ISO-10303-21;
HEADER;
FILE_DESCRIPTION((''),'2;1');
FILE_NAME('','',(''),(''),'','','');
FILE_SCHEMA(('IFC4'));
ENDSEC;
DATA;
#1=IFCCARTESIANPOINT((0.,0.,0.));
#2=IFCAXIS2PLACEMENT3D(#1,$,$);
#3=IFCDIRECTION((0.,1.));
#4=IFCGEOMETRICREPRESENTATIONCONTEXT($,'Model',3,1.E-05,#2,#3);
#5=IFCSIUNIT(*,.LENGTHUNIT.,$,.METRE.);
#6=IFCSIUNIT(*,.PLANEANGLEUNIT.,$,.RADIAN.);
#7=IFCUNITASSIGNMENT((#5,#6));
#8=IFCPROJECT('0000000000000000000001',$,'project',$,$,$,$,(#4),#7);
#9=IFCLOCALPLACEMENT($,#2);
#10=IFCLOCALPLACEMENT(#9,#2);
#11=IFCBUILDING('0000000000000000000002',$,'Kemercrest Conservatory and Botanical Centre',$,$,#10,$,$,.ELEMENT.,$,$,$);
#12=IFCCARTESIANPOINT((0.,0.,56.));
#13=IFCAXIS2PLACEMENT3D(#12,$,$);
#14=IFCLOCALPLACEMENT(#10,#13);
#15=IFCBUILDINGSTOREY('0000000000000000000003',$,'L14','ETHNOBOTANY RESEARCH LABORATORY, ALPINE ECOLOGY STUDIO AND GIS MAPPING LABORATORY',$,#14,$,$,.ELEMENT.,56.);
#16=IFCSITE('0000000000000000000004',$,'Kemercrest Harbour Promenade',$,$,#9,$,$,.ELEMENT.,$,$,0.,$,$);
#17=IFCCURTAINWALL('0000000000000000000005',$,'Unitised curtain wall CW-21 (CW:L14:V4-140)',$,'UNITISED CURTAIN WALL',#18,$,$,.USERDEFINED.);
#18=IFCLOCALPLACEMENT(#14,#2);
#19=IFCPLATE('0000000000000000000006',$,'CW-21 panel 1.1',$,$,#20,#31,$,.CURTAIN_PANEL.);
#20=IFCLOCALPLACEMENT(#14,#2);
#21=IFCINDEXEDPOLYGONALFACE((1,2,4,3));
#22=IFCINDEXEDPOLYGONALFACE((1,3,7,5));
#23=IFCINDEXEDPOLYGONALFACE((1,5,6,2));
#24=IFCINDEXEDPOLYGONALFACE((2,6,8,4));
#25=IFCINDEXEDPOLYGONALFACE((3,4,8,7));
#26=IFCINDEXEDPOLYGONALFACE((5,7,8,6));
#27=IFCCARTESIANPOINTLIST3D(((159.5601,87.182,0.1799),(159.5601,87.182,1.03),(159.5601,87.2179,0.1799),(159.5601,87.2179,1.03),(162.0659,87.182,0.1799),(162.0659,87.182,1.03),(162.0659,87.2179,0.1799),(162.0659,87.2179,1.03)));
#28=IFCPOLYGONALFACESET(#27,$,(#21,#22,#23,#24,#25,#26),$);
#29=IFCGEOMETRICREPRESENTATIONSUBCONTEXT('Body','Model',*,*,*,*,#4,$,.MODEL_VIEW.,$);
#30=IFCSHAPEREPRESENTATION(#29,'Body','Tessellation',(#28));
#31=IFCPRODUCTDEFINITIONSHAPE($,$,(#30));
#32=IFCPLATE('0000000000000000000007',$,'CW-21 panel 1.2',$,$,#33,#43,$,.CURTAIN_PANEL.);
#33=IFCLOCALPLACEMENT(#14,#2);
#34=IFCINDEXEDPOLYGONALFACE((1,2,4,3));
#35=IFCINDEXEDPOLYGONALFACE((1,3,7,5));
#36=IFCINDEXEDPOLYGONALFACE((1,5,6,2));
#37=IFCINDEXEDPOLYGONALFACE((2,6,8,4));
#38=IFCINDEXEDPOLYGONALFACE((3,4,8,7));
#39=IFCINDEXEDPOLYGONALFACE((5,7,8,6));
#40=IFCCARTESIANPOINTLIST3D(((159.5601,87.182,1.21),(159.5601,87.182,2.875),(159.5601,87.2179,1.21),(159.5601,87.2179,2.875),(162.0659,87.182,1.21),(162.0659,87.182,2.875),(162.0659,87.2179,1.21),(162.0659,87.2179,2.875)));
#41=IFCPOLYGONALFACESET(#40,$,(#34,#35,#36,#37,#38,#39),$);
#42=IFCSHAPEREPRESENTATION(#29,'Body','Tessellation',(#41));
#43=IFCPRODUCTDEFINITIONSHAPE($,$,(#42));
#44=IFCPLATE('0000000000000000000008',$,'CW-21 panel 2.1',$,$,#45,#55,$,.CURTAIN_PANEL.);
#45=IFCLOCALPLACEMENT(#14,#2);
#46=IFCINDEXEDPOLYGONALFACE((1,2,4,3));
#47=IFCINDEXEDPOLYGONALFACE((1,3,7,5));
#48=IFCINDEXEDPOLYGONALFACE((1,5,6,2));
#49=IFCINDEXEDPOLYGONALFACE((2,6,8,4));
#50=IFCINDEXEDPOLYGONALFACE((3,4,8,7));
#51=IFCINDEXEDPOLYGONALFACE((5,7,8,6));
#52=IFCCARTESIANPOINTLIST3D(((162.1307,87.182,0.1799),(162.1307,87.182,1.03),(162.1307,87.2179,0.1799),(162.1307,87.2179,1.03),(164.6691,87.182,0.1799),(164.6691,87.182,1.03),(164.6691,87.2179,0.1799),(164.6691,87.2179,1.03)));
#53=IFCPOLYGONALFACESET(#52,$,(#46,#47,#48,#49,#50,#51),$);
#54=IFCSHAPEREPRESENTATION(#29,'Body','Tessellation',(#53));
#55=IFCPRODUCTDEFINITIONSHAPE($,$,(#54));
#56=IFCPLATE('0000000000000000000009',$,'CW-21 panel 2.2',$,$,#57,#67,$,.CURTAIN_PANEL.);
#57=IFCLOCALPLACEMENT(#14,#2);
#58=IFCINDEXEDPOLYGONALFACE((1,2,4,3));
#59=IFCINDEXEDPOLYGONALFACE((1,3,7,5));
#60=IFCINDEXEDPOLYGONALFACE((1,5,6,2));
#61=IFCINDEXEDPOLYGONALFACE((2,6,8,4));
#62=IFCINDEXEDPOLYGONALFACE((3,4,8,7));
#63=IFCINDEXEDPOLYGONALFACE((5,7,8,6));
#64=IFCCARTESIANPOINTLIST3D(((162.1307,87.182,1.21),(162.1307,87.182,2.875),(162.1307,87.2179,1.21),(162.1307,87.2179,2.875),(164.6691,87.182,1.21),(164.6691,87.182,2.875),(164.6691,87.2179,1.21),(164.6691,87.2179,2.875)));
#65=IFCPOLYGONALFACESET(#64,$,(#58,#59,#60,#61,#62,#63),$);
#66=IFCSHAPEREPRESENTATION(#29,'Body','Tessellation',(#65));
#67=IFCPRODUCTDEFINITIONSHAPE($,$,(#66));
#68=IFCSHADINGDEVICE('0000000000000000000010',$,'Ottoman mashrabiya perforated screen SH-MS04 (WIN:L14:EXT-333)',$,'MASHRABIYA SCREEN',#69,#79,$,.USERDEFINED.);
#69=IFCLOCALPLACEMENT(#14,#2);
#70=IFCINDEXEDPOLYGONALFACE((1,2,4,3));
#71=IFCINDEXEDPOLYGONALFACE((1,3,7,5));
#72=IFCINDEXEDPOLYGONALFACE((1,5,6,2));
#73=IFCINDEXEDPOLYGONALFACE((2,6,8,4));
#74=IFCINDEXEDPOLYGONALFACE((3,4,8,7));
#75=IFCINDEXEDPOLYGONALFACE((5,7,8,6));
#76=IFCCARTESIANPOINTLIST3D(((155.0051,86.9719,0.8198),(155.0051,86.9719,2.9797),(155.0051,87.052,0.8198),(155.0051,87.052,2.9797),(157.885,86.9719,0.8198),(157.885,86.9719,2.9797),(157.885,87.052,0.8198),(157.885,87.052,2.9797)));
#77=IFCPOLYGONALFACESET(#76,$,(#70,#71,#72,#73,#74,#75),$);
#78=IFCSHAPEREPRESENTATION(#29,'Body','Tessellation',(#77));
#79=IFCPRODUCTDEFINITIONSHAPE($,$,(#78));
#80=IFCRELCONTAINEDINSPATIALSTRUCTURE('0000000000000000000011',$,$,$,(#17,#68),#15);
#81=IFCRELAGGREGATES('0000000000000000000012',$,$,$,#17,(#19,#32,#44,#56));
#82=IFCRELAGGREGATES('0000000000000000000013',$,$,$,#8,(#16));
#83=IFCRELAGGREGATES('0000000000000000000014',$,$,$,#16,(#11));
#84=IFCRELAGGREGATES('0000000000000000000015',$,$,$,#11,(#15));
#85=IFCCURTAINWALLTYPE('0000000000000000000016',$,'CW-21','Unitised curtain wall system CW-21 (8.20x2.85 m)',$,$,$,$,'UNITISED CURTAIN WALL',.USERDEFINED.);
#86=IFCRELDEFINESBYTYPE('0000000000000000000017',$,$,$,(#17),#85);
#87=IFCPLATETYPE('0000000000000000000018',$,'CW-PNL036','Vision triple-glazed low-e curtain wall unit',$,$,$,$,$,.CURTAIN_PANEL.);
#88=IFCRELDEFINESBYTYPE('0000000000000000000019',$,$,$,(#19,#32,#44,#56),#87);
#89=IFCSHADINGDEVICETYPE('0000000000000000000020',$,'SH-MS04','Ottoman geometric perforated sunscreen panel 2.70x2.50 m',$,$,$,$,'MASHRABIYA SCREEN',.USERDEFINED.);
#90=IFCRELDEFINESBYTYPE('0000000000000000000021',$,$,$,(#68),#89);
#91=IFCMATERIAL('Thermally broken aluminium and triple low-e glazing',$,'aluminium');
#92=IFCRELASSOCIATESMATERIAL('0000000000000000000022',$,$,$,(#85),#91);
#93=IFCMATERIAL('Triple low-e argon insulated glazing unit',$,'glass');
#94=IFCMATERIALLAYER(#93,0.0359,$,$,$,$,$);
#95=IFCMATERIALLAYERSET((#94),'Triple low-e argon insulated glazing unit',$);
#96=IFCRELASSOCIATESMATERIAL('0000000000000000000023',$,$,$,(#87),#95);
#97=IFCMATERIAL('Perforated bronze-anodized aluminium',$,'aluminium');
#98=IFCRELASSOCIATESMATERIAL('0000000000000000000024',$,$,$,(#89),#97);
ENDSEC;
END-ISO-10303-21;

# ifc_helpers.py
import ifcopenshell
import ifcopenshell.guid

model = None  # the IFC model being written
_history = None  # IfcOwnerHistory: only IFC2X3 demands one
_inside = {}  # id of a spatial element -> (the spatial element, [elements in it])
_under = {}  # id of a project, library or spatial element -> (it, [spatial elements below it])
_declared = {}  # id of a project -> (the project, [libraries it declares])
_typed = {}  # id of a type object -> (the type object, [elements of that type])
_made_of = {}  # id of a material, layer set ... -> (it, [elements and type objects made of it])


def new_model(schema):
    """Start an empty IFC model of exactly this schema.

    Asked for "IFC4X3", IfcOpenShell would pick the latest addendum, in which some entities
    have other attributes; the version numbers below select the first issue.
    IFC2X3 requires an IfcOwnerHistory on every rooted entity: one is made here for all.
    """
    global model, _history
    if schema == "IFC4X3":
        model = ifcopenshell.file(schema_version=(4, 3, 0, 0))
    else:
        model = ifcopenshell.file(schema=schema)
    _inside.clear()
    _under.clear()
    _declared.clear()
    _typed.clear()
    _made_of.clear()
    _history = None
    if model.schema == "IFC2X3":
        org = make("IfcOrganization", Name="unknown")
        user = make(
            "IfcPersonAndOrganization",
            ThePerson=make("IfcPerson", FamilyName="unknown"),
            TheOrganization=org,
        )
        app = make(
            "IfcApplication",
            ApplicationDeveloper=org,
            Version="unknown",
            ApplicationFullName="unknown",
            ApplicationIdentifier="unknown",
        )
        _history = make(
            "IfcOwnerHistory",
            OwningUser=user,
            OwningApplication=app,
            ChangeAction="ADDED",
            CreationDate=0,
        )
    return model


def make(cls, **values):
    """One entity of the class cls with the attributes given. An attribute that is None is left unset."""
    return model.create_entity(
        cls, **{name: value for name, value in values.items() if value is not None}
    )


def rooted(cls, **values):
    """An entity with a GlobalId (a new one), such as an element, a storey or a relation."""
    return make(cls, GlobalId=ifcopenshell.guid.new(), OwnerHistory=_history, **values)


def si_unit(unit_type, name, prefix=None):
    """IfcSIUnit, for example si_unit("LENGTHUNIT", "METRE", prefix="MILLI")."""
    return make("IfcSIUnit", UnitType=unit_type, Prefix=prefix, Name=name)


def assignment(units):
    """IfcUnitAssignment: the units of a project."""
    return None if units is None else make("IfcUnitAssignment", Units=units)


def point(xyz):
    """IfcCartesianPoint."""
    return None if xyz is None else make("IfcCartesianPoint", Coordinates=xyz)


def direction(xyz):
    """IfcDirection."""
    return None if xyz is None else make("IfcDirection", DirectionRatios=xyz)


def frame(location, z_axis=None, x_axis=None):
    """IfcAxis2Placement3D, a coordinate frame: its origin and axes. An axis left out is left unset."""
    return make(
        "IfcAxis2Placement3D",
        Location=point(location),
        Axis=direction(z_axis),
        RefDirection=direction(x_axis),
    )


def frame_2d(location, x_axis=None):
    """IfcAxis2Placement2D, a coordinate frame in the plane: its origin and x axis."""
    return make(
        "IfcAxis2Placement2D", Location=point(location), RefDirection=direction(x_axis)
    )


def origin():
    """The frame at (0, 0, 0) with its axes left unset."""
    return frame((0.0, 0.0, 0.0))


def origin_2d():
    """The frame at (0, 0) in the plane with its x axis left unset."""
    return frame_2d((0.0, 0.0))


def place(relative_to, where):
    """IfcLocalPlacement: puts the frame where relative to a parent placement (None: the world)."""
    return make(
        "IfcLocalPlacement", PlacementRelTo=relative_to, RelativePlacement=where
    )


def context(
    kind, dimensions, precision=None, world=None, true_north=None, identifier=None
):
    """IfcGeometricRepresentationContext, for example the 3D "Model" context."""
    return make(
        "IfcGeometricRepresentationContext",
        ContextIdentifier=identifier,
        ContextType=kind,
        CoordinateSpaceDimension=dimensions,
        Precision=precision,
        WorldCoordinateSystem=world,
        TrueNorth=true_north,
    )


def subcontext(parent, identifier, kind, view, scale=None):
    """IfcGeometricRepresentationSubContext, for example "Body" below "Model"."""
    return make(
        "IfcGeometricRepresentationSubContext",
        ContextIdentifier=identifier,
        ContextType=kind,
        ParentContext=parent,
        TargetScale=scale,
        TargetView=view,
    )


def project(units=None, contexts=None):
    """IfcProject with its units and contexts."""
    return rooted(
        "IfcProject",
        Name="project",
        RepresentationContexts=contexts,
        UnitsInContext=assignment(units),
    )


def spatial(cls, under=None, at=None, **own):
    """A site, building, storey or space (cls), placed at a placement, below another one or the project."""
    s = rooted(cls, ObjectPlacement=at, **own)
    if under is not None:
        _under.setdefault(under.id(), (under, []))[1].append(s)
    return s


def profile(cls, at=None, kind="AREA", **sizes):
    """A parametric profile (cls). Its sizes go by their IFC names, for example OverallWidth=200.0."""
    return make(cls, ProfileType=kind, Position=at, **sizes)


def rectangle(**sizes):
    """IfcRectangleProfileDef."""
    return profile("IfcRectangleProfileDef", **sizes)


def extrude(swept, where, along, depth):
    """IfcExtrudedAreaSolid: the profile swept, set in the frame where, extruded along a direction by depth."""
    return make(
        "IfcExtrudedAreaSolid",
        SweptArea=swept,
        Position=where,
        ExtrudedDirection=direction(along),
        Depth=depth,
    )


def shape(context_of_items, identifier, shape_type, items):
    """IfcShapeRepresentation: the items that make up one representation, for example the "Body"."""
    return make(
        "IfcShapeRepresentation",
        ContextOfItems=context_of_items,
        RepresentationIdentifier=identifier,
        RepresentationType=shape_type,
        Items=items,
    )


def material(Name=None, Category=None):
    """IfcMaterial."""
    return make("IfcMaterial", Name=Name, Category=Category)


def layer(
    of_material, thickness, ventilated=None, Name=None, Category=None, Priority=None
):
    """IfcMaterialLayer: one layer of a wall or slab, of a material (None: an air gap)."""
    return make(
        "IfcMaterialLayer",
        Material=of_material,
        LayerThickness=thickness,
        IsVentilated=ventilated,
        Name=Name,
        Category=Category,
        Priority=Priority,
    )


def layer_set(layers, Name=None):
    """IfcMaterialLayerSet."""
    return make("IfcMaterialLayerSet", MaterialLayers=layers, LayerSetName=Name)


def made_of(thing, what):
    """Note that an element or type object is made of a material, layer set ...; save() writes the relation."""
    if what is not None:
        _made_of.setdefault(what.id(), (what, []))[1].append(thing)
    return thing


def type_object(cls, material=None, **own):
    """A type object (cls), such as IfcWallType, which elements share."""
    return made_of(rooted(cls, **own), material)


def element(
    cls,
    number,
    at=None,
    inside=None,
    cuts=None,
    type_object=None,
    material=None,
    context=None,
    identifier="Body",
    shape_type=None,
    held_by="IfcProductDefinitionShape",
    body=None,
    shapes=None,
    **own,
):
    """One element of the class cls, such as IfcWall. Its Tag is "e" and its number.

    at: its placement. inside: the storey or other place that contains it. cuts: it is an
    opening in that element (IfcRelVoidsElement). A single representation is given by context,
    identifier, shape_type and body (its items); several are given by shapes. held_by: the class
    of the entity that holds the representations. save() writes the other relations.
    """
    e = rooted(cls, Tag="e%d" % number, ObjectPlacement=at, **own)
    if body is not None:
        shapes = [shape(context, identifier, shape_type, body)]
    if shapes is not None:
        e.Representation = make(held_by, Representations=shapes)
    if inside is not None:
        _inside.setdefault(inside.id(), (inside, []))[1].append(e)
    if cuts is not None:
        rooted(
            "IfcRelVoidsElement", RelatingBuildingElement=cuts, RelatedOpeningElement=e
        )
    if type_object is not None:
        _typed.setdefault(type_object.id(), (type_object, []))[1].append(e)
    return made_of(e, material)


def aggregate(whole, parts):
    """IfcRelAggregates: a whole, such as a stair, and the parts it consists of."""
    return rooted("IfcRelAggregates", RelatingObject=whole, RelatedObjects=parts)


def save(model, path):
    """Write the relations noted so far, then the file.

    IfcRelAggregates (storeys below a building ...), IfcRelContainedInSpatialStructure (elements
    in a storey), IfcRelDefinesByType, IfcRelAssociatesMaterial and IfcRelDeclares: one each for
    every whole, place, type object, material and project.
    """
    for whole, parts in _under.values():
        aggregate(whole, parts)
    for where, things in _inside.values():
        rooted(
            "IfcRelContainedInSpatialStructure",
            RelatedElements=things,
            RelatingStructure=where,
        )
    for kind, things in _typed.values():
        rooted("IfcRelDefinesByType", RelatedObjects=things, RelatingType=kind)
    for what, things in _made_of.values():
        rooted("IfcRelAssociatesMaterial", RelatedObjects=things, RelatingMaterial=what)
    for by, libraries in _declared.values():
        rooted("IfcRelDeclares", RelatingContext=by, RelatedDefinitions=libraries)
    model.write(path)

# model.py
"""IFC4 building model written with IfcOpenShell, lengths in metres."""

from ifc_helpers import new_model, si_unit, direction, frame, origin, origin_2d, place, context, subcontext, project, spatial, rectangle, extrude, material, layer, layer_set, type_object, element, aggregate, save


model = new_model("IFC4")

# Units and contexts
model_context = context("Model", 3, precision=1e-05, world=origin(), true_north=direction((0.0, 1.0)))
body_context = subcontext(model_context, "Body", "Model", "MODEL_VIEW")
ifc_project = project(units=[si_unit("LENGTHUNIT", "METRE"), si_unit("PLANEANGLEUNIT", "RADIAN")], contexts=[model_context])

# Site, building, storey
site_placement = place(None, origin())
site = spatial("IfcSite", under=ifc_project, at=site_placement, Name="Kemercrest Harbour Promenade", CompositionType="ELEMENT", RefElevation=0.0)
building_placement = place(site_placement, origin())
building = spatial("IfcBuilding", under=site, at=building_placement, Name="Kemercrest Conservatory and Botanical Centre", CompositionType="ELEMENT")
storey_placement = place(building_placement, frame((0.0, 0.0, 56.0)))
storey = spatial("IfcBuildingStorey", under=building, at=storey_placement, Name="L14", Description="ETHNOBOTANY RESEARCH LABORATORY, ALPINE ECOLOGY STUDIO AND GIS MAPPING LABORATORY", CompositionType="ELEMENT", Elevation=56.0)

# Curtain wall
ifc_material_1 = material(Name="Thermally broken aluminium and triple low-e glazing", Category="aluminium")
curtain_wall_type = type_object("IfcCurtainWallType", Name="CW-21", Description="Unitised curtain wall system CW-21 (8.20x2.85 m)", ElementType="UNITISED CURTAIN WALL", PredefinedType="USERDEFINED", material=ifc_material_1)
curtain_wall_placement = place(storey_placement, origin())
curtain_wall = element("IfcCurtainWall", 1, at=curtain_wall_placement, inside=storey, type_object=curtain_wall_type, Name="Unitised curtain wall CW-21 (CW:L14:V4-140)", ObjectType="UNITISED CURTAIN WALL", PredefinedType="USERDEFINED")

# Plates
ifc_material_2 = material(Name="Triple low-e argon insulated glazing unit", Category="glass")
ifc_layer = layer(ifc_material_2, 0.0359)
ifc_layer_set = layer_set([ifc_layer], Name="Triple low-e argon insulated glazing unit")
plate_type = type_object("IfcPlateType", Name="CW-PNL036", Description="Vision triple-glazed low-e curtain wall unit", PredefinedType="CURTAIN_PANEL", material=ifc_layer_set)
plate_1_placement = place(storey_placement, frame((160.813, 87.2, 0.1799), z_axis=(0.0, 0.0, 1.0), x_axis=(1.0, 0.0, 0.0)))
plate_1 = element("IfcPlate", 2, at=plate_1_placement, type_object=plate_type, Name="CW-21 panel 1.1", PredefinedType="CURTAIN_PANEL", context=body_context, shape_type="SweptSolid", body=[
    extrude(rectangle(XDim=2.5059, YDim=0.0359, at=origin_2d()), origin(), (0.0, 0.0, 1.0), 0.8501),
])
plate_2_placement = place(storey_placement, frame((160.813, 87.2, 1.21), z_axis=(0.0, 0.0, 1.0), x_axis=(1.0, 0.0, 0.0)))
plate_2 = element("IfcPlate", 3, at=plate_2_placement, type_object=plate_type, Name="CW-21 panel 1.2", PredefinedType="CURTAIN_PANEL", context=body_context, shape_type="SweptSolid", body=[
    extrude(rectangle(XDim=2.5059, YDim=0.0359, at=origin_2d()), origin(), (0.0, 0.0, 1.0), 1.665),
])
plate_3_placement = place(storey_placement, frame((163.3999, 87.2, 0.1799), z_axis=(0.0, 0.0, 1.0), x_axis=(1.0, 0.0, 0.0)))
plate_3 = element("IfcPlate", 4, at=plate_3_placement, type_object=plate_type, Name="CW-21 panel 2.1", PredefinedType="CURTAIN_PANEL", context=body_context, shape_type="SweptSolid", body=[
    extrude(rectangle(XDim=2.5383, YDim=0.0359, at=origin_2d()), origin(), (0.0, 0.0, 1.0), 0.8501),
])
plate_4_placement = place(storey_placement, frame((163.3999, 87.2, 1.21), z_axis=(0.0, 0.0, 1.0), x_axis=(1.0, 0.0, 0.0)))
plate_4 = element("IfcPlate", 5, at=plate_4_placement, type_object=plate_type, Name="CW-21 panel 2.2", PredefinedType="CURTAIN_PANEL", context=body_context, shape_type="SweptSolid", body=[
    extrude(rectangle(XDim=2.5383, YDim=0.0359, at=origin_2d()), origin(), (0.0, 0.0, 1.0), 1.665),
])
aggregate(curtain_wall, [plate_1, plate_2, plate_3, plate_4])

# Shading device
ifc_material_3 = material(Name="Perforated bronze-anodized aluminium", Category="aluminium")
shading_device_type = type_object("IfcShadingDeviceType", Name="SH-MS04", Description="Ottoman geometric perforated sunscreen panel 2.70x2.50 m", ElementType="MASHRABIYA SCREEN", PredefinedType="USERDEFINED", material=ifc_material_3)
shading_device_placement = place(storey_placement, frame((156.4451, 87.012, 0.8198), z_axis=(0.0, 0.0, 1.0), x_axis=(1.0, 0.0, 0.0)))
element("IfcShadingDevice", 6, at=shading_device_placement, inside=storey, type_object=shading_device_type, Name="Ottoman mashrabiya perforated screen SH-MS04 (WIN:L14:EXT-333)", ObjectType="MASHRABIYA SCREEN", PredefinedType="USERDEFINED", context=body_context, shape_type="SweptSolid", body=[
    extrude(rectangle(XDim=2.8799, YDim=0.0801, at=origin_2d()), origin(), (0.0, 0.0, 1.0), 2.1599),
])

save(model, "model.ifc")
